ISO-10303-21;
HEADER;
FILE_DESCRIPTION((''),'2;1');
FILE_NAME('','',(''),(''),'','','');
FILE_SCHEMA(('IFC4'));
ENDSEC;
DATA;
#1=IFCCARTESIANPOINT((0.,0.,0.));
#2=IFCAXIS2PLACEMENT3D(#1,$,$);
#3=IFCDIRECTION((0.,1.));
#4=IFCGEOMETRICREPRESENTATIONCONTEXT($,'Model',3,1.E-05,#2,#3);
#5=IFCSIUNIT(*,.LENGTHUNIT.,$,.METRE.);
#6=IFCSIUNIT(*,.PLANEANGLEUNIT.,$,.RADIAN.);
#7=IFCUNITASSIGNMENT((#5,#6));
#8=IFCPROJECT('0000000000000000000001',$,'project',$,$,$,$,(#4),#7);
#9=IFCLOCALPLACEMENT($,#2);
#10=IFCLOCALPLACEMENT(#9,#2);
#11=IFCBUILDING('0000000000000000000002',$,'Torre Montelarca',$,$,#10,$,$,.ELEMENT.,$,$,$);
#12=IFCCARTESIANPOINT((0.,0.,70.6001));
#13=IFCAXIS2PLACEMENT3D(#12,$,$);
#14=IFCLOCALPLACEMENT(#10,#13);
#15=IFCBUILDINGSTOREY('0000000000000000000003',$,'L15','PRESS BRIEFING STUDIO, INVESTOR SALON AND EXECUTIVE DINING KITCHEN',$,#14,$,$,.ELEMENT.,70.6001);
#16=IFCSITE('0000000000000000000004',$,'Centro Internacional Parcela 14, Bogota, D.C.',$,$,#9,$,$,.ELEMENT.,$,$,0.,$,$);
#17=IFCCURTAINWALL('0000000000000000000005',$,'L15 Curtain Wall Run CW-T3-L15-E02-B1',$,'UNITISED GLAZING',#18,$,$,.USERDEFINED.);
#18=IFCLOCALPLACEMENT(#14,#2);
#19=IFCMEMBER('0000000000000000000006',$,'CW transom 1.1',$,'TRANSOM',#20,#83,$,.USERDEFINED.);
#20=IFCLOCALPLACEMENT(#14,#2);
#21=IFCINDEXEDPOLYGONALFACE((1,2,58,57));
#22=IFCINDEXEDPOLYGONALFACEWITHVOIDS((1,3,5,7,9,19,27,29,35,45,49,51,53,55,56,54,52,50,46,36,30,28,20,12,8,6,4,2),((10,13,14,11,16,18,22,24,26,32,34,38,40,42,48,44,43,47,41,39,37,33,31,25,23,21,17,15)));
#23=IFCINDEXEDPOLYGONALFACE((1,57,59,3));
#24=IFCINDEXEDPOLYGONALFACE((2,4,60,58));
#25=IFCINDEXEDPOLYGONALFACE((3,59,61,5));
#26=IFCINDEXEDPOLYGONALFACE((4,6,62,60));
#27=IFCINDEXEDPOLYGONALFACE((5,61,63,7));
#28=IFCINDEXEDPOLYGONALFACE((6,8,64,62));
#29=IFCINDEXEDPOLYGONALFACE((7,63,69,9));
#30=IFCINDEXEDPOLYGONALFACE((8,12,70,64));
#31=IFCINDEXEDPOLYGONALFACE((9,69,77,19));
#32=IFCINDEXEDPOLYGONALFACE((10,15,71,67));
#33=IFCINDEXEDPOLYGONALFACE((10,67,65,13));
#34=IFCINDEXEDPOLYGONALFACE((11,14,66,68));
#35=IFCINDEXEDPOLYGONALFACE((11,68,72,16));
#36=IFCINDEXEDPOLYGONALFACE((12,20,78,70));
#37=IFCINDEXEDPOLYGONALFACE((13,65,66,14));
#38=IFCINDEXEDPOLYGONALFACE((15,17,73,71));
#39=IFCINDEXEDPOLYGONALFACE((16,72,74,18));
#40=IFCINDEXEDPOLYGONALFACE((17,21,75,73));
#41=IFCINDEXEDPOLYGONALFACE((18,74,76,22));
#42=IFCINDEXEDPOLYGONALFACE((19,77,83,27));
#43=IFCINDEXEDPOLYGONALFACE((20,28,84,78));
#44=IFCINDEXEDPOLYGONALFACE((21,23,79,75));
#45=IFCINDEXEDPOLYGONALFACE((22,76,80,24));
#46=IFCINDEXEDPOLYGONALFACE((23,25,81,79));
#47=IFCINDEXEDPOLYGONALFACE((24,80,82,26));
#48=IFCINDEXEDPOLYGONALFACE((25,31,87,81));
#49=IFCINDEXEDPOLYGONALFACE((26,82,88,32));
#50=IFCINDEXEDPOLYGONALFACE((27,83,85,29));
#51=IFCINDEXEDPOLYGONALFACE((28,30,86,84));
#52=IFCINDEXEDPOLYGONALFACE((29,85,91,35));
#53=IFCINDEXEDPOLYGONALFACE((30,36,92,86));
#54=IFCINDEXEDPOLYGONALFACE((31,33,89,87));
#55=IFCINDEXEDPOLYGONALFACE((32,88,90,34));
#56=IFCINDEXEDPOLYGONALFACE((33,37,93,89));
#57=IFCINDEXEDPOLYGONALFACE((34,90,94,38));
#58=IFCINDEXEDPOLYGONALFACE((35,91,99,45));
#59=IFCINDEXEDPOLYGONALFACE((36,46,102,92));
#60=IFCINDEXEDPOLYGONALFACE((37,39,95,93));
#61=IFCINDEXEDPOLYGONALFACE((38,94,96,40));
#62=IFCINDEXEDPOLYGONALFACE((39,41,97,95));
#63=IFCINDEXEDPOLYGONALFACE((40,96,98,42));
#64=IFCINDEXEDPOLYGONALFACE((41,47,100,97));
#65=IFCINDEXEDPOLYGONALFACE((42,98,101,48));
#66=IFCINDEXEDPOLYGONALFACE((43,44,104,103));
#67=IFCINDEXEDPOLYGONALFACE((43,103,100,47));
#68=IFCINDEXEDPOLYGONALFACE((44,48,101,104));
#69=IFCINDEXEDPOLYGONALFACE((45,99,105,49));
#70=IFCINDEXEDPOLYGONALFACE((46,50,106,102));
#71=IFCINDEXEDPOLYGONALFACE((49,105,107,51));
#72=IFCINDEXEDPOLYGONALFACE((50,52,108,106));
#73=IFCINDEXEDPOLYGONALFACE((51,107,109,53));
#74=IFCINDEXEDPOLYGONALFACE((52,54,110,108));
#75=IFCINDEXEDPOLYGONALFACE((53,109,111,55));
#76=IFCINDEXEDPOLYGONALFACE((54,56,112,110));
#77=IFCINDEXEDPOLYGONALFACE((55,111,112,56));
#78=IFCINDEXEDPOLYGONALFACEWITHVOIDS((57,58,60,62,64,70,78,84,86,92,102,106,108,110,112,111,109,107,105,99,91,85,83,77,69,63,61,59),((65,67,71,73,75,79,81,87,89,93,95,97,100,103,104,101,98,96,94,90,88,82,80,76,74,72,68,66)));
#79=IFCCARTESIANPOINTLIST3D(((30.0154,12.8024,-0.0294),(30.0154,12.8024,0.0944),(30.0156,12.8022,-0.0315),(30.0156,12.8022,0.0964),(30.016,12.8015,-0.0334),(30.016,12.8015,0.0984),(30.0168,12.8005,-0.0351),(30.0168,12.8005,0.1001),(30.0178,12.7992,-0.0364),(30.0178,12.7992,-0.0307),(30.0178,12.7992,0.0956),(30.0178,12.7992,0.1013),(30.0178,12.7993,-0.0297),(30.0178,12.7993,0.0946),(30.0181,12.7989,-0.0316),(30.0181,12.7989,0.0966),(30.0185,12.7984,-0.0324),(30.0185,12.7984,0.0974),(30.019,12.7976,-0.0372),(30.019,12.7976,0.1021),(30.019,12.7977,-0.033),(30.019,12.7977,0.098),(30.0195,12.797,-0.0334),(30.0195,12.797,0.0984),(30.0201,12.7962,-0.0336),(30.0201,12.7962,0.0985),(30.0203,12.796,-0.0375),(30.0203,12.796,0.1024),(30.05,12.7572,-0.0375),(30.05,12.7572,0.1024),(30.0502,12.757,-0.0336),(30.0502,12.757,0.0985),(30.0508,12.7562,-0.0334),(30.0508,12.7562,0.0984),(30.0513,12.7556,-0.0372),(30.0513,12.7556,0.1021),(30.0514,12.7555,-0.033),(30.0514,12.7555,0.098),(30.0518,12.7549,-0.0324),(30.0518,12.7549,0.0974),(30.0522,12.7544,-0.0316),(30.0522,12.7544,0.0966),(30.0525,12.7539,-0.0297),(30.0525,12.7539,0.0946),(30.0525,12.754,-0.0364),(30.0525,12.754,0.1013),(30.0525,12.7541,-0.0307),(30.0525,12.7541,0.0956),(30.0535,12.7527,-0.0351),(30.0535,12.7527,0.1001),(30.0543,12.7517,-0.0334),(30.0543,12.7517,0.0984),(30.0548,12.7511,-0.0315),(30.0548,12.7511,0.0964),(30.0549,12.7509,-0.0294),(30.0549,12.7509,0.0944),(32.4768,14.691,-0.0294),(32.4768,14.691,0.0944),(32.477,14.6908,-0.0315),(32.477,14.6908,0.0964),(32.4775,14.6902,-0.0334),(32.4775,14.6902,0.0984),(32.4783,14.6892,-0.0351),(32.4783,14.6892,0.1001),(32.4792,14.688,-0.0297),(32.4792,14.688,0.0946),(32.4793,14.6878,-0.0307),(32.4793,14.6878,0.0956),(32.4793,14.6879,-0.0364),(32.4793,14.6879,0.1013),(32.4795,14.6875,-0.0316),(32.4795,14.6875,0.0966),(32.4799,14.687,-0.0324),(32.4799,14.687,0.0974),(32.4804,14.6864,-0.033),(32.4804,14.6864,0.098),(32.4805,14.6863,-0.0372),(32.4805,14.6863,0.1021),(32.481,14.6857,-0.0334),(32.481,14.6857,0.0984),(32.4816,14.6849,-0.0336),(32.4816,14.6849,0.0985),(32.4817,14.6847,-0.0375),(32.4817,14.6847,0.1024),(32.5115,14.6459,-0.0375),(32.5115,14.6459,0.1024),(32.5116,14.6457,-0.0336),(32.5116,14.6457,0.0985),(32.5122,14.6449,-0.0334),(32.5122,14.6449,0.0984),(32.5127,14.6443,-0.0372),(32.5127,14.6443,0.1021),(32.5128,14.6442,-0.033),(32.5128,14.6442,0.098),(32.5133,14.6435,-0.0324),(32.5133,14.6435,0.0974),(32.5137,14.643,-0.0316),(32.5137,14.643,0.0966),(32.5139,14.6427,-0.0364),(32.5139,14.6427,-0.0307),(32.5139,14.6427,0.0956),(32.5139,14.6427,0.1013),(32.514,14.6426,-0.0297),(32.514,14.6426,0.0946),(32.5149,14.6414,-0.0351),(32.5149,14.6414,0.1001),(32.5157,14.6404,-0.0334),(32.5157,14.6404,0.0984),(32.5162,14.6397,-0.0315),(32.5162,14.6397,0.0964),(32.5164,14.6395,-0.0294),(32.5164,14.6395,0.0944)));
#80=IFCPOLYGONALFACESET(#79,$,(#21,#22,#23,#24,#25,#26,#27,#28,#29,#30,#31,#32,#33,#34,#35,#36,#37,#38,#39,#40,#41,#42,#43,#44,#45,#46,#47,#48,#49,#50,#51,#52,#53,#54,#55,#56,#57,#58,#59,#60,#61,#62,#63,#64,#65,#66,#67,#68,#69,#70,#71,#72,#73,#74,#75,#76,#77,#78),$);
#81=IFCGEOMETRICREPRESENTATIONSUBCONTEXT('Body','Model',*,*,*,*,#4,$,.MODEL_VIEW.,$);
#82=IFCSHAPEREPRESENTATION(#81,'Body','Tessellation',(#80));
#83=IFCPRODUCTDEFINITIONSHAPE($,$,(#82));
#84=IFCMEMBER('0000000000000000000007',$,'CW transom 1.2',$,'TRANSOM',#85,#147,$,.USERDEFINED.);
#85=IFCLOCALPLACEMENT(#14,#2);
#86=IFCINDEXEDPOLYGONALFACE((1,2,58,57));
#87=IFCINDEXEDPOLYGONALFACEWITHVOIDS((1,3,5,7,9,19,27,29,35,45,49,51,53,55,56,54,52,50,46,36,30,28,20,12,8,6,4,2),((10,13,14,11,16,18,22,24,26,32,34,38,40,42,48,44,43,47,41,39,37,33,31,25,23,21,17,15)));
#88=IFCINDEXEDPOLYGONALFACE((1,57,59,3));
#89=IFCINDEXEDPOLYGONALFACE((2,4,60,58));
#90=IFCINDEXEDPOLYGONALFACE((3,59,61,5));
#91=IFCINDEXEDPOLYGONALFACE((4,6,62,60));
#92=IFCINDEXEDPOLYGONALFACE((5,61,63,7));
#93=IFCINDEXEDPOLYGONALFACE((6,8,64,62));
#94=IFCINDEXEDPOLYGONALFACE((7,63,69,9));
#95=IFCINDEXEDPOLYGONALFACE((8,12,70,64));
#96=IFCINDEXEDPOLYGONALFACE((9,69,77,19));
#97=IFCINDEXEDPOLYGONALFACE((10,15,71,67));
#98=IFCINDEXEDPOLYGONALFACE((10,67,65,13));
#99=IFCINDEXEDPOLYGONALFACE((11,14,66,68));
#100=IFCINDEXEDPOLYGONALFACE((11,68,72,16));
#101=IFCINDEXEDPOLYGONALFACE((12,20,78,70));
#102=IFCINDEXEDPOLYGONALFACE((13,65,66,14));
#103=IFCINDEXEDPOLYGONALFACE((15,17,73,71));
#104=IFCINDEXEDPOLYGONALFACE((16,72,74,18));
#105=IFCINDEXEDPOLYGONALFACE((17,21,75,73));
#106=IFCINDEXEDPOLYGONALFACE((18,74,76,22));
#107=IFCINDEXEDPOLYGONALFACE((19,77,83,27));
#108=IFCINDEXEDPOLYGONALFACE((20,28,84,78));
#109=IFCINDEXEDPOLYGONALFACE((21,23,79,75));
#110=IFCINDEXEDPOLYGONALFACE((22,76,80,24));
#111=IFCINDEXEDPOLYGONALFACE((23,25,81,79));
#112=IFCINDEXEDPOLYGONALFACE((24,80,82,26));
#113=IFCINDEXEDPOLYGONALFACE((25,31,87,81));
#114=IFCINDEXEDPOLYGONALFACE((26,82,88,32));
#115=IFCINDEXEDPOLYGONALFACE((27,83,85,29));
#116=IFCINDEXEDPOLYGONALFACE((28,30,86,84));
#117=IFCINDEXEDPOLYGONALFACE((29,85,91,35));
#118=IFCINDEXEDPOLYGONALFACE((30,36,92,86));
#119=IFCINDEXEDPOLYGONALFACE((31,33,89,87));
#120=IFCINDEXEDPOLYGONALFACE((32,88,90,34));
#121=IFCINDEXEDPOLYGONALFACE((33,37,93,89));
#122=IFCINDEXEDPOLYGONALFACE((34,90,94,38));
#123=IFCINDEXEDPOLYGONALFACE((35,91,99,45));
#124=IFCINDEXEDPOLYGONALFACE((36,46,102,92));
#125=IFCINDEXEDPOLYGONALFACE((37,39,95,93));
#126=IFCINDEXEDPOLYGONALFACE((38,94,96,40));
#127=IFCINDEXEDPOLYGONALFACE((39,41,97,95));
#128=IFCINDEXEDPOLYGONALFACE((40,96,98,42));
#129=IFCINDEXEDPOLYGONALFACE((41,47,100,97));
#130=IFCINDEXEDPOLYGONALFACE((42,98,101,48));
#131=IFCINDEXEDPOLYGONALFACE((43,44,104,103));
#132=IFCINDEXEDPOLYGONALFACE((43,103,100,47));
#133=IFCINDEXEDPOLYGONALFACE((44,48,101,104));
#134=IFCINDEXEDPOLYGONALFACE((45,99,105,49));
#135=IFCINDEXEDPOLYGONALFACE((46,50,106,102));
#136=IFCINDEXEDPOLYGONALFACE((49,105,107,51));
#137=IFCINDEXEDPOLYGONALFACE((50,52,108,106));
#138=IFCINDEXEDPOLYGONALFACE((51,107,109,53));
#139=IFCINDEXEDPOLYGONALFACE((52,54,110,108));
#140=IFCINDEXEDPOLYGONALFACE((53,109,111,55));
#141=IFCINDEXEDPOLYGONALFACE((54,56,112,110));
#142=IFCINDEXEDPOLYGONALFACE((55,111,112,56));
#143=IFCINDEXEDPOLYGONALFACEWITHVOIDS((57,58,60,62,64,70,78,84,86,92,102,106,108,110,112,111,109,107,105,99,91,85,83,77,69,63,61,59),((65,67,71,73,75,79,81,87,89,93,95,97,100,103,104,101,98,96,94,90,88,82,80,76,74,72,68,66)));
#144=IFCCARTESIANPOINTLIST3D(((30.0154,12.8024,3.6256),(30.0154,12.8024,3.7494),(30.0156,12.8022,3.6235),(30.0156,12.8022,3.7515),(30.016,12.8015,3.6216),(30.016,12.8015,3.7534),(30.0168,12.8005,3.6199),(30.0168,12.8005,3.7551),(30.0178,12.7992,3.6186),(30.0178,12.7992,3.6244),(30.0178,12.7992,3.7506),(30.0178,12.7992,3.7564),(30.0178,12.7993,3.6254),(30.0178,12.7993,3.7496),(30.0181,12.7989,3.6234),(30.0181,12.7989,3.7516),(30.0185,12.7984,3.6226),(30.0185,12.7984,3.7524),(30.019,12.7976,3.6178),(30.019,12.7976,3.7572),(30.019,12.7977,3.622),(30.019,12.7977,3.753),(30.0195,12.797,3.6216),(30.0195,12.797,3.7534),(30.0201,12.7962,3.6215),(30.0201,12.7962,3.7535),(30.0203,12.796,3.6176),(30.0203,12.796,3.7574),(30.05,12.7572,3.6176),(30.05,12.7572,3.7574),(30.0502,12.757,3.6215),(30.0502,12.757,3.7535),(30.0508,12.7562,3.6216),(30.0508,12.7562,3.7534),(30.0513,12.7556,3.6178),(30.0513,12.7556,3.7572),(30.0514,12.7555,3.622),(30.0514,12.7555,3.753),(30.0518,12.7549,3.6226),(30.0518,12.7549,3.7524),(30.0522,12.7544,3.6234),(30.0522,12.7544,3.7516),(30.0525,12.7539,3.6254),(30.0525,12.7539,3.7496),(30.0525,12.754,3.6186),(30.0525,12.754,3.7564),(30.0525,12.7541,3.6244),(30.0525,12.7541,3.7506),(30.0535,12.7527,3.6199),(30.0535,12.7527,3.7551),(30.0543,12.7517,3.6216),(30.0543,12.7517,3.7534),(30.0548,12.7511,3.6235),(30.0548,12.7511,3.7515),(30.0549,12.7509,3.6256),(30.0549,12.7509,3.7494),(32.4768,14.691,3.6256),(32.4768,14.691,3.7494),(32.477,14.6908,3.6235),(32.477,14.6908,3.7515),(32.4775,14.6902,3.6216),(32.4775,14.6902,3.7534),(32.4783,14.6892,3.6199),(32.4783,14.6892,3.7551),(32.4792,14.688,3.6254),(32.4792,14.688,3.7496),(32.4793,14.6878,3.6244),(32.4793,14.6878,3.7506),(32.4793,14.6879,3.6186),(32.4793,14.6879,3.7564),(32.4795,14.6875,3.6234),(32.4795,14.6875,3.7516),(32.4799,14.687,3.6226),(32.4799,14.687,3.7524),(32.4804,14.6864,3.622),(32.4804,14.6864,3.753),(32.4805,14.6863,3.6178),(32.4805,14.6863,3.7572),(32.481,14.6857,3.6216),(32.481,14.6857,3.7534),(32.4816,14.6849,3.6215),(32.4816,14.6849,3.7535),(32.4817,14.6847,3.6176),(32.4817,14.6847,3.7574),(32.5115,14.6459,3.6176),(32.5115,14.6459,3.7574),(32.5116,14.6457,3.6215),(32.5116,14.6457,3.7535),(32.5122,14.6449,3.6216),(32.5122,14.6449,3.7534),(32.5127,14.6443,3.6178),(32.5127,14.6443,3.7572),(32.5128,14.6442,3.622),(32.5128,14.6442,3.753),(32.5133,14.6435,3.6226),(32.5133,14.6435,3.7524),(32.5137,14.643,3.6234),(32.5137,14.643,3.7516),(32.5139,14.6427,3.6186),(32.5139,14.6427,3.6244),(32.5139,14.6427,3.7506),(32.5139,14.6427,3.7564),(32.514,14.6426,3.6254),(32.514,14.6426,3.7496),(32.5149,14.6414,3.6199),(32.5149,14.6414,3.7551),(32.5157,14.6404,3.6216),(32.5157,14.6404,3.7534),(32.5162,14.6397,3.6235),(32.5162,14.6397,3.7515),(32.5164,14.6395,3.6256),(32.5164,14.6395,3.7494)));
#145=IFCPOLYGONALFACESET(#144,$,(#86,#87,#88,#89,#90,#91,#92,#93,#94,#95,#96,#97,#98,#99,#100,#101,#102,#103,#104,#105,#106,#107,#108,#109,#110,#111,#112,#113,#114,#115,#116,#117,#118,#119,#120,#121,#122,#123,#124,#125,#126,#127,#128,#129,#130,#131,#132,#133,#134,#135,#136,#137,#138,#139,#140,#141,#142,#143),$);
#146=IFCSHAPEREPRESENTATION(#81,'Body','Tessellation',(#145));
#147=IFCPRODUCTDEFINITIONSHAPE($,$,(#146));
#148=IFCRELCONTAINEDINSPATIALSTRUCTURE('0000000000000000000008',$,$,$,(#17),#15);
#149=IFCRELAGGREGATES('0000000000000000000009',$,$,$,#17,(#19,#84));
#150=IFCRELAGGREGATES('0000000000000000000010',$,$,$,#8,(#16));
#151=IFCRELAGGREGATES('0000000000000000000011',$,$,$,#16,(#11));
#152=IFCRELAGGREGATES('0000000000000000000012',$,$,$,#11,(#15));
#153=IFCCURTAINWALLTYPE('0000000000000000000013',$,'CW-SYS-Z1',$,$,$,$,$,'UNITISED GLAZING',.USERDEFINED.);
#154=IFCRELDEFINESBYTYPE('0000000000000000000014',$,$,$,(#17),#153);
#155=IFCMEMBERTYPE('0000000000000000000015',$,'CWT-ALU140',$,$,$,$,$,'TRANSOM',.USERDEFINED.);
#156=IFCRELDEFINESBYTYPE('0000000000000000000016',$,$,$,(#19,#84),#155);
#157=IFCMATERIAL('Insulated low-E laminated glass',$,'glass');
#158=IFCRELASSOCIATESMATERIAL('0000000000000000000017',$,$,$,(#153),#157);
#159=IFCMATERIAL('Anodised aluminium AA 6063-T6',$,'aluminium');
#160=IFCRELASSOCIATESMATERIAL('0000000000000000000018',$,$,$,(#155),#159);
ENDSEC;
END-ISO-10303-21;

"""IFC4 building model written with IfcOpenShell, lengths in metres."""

from ifc_helpers import new_model, si_unit, direction, frame, origin, origin_2d, place, context, subcontext, project, spatial, hollow_rectangle, extrude, source, transform, mapped, material, material_profile, profile_set, type_object, element, aggregate, save


model = new_model("IFC4")

# Units and contexts
model_context = context("Model", 3, precision=1e-05, world=origin(), true_north=direction((0.0, 1.0)))
body_context = subcontext(model_context, "Body", "Model", "MODEL_VIEW")
ifc_project = project(units=[si_unit("LENGTHUNIT", "METRE"), si_unit("PLANEANGLEUNIT", "RADIAN")], contexts=[model_context])

# Site, building, storey
site_placement = place(None, origin())
site = spatial("IfcSite", under=ifc_project, at=site_placement, Name="Centro Internacional Parcela 14, Bogota, D.C.", CompositionType="ELEMENT", RefElevation=0.0)
building_placement = place(site_placement, origin())
building = spatial("IfcBuilding", under=site, at=building_placement, Name="Torre Montelarca", CompositionType="ELEMENT")
storey_placement = place(building_placement, frame((0.0, 0.0, 70.6001)))
storey = spatial("IfcBuildingStorey", under=building, at=storey_placement, Name="L15", Description="PRESS BRIEFING STUDIO, INVESTOR SALON AND EXECUTIVE DINING KITCHEN", CompositionType="ELEMENT", Elevation=70.6001)

# Curtain wall
ifc_material_1 = material(Name="Insulated low-E laminated glass", Category="glass")
curtain_wall_type = type_object("IfcCurtainWallType", Name="CW-SYS-Z1", ElementType="UNITISED GLAZING", PredefinedType="USERDEFINED", material=ifc_material_1)
curtain_wall_1_placement = place(storey_placement, origin())
curtain_wall_1 = element("IfcCurtainWall", 1, at=curtain_wall_1_placement, inside=storey, type_object=curtain_wall_type, Name="L15 Curtain Wall Run CW-T3-L15-E02-B1", ObjectType="UNITISED GLAZING", PredefinedType="USERDEFINED")
ifc_material_2 = material(Name="Anodised aluminium AA 6063-T6", Category="aluminium")
ifc_material_profile_1 = material_profile(ifc_material_2, hollow_rectangle(XDim=0.0649, YDim=0.1399, WallThickness=0.0039, InnerFilletRadius=0.0039, OuterFilletRadius=0.0081, at=origin_2d()), Name="ALU65X140X4", Category="aluminium")
ifc_profile_set_1 = profile_set([ifc_material_profile_1], Name="Anodised aluminium AA 6063-T6")
member_type_1 = type_object("IfcMemberType", Name="CWT-ALU140", ElementType="TRANSOM", PredefinedType="USERDEFINED", material=ifc_profile_set_1)

# Members
shared_shape_1 = source(origin(), body_context, "Body", "SweptSolid", [
    extrude(hollow_rectangle(XDim=0.0649, YDim=0.1399, WallThickness=0.0039, InnerFilletRadius=0.0039, OuterFilletRadius=0.0081, at=origin_2d()), origin(), (0.0, 0.0, 1.0), 3.1025),
])
member_1_placement = place(storey_placement, frame((30.0352, 12.7766, 0.0325), z_axis=(0.793361, 0.608752, 0.0), x_axis=(-0.608752, 0.793361, 0.0)))
member_1 = element("IfcMember", 2, at=member_1_placement, type_object=member_type_1, Name="CW transom 1.1", ObjectType="TRANSOM", PredefinedType="USERDEFINED", context=body_context, shape_type="MappedRepresentation", body=[
    mapped(shared_shape_1, transform((0.0, 0.0, 0.0), scale=1.0)),
])
member_2_placement = place(storey_placement, frame((30.0352, 12.7766, 3.6875), z_axis=(0.793361, 0.608752, 0.0), x_axis=(-0.608752, 0.793361, 0.0)))
member_2 = element("IfcMember", 3, at=member_2_placement, type_object=member_type_1, Name="CW transom 1.2", ObjectType="TRANSOM", PredefinedType="USERDEFINED", context=body_context, shape_type="MappedRepresentation", body=[
    mapped(shared_shape_1, transform((0.0, 0.0, 0.0), scale=1.0)),
])

aggregate(curtain_wall_1, [member_1, member_2])

save(model, "model.ifc")
